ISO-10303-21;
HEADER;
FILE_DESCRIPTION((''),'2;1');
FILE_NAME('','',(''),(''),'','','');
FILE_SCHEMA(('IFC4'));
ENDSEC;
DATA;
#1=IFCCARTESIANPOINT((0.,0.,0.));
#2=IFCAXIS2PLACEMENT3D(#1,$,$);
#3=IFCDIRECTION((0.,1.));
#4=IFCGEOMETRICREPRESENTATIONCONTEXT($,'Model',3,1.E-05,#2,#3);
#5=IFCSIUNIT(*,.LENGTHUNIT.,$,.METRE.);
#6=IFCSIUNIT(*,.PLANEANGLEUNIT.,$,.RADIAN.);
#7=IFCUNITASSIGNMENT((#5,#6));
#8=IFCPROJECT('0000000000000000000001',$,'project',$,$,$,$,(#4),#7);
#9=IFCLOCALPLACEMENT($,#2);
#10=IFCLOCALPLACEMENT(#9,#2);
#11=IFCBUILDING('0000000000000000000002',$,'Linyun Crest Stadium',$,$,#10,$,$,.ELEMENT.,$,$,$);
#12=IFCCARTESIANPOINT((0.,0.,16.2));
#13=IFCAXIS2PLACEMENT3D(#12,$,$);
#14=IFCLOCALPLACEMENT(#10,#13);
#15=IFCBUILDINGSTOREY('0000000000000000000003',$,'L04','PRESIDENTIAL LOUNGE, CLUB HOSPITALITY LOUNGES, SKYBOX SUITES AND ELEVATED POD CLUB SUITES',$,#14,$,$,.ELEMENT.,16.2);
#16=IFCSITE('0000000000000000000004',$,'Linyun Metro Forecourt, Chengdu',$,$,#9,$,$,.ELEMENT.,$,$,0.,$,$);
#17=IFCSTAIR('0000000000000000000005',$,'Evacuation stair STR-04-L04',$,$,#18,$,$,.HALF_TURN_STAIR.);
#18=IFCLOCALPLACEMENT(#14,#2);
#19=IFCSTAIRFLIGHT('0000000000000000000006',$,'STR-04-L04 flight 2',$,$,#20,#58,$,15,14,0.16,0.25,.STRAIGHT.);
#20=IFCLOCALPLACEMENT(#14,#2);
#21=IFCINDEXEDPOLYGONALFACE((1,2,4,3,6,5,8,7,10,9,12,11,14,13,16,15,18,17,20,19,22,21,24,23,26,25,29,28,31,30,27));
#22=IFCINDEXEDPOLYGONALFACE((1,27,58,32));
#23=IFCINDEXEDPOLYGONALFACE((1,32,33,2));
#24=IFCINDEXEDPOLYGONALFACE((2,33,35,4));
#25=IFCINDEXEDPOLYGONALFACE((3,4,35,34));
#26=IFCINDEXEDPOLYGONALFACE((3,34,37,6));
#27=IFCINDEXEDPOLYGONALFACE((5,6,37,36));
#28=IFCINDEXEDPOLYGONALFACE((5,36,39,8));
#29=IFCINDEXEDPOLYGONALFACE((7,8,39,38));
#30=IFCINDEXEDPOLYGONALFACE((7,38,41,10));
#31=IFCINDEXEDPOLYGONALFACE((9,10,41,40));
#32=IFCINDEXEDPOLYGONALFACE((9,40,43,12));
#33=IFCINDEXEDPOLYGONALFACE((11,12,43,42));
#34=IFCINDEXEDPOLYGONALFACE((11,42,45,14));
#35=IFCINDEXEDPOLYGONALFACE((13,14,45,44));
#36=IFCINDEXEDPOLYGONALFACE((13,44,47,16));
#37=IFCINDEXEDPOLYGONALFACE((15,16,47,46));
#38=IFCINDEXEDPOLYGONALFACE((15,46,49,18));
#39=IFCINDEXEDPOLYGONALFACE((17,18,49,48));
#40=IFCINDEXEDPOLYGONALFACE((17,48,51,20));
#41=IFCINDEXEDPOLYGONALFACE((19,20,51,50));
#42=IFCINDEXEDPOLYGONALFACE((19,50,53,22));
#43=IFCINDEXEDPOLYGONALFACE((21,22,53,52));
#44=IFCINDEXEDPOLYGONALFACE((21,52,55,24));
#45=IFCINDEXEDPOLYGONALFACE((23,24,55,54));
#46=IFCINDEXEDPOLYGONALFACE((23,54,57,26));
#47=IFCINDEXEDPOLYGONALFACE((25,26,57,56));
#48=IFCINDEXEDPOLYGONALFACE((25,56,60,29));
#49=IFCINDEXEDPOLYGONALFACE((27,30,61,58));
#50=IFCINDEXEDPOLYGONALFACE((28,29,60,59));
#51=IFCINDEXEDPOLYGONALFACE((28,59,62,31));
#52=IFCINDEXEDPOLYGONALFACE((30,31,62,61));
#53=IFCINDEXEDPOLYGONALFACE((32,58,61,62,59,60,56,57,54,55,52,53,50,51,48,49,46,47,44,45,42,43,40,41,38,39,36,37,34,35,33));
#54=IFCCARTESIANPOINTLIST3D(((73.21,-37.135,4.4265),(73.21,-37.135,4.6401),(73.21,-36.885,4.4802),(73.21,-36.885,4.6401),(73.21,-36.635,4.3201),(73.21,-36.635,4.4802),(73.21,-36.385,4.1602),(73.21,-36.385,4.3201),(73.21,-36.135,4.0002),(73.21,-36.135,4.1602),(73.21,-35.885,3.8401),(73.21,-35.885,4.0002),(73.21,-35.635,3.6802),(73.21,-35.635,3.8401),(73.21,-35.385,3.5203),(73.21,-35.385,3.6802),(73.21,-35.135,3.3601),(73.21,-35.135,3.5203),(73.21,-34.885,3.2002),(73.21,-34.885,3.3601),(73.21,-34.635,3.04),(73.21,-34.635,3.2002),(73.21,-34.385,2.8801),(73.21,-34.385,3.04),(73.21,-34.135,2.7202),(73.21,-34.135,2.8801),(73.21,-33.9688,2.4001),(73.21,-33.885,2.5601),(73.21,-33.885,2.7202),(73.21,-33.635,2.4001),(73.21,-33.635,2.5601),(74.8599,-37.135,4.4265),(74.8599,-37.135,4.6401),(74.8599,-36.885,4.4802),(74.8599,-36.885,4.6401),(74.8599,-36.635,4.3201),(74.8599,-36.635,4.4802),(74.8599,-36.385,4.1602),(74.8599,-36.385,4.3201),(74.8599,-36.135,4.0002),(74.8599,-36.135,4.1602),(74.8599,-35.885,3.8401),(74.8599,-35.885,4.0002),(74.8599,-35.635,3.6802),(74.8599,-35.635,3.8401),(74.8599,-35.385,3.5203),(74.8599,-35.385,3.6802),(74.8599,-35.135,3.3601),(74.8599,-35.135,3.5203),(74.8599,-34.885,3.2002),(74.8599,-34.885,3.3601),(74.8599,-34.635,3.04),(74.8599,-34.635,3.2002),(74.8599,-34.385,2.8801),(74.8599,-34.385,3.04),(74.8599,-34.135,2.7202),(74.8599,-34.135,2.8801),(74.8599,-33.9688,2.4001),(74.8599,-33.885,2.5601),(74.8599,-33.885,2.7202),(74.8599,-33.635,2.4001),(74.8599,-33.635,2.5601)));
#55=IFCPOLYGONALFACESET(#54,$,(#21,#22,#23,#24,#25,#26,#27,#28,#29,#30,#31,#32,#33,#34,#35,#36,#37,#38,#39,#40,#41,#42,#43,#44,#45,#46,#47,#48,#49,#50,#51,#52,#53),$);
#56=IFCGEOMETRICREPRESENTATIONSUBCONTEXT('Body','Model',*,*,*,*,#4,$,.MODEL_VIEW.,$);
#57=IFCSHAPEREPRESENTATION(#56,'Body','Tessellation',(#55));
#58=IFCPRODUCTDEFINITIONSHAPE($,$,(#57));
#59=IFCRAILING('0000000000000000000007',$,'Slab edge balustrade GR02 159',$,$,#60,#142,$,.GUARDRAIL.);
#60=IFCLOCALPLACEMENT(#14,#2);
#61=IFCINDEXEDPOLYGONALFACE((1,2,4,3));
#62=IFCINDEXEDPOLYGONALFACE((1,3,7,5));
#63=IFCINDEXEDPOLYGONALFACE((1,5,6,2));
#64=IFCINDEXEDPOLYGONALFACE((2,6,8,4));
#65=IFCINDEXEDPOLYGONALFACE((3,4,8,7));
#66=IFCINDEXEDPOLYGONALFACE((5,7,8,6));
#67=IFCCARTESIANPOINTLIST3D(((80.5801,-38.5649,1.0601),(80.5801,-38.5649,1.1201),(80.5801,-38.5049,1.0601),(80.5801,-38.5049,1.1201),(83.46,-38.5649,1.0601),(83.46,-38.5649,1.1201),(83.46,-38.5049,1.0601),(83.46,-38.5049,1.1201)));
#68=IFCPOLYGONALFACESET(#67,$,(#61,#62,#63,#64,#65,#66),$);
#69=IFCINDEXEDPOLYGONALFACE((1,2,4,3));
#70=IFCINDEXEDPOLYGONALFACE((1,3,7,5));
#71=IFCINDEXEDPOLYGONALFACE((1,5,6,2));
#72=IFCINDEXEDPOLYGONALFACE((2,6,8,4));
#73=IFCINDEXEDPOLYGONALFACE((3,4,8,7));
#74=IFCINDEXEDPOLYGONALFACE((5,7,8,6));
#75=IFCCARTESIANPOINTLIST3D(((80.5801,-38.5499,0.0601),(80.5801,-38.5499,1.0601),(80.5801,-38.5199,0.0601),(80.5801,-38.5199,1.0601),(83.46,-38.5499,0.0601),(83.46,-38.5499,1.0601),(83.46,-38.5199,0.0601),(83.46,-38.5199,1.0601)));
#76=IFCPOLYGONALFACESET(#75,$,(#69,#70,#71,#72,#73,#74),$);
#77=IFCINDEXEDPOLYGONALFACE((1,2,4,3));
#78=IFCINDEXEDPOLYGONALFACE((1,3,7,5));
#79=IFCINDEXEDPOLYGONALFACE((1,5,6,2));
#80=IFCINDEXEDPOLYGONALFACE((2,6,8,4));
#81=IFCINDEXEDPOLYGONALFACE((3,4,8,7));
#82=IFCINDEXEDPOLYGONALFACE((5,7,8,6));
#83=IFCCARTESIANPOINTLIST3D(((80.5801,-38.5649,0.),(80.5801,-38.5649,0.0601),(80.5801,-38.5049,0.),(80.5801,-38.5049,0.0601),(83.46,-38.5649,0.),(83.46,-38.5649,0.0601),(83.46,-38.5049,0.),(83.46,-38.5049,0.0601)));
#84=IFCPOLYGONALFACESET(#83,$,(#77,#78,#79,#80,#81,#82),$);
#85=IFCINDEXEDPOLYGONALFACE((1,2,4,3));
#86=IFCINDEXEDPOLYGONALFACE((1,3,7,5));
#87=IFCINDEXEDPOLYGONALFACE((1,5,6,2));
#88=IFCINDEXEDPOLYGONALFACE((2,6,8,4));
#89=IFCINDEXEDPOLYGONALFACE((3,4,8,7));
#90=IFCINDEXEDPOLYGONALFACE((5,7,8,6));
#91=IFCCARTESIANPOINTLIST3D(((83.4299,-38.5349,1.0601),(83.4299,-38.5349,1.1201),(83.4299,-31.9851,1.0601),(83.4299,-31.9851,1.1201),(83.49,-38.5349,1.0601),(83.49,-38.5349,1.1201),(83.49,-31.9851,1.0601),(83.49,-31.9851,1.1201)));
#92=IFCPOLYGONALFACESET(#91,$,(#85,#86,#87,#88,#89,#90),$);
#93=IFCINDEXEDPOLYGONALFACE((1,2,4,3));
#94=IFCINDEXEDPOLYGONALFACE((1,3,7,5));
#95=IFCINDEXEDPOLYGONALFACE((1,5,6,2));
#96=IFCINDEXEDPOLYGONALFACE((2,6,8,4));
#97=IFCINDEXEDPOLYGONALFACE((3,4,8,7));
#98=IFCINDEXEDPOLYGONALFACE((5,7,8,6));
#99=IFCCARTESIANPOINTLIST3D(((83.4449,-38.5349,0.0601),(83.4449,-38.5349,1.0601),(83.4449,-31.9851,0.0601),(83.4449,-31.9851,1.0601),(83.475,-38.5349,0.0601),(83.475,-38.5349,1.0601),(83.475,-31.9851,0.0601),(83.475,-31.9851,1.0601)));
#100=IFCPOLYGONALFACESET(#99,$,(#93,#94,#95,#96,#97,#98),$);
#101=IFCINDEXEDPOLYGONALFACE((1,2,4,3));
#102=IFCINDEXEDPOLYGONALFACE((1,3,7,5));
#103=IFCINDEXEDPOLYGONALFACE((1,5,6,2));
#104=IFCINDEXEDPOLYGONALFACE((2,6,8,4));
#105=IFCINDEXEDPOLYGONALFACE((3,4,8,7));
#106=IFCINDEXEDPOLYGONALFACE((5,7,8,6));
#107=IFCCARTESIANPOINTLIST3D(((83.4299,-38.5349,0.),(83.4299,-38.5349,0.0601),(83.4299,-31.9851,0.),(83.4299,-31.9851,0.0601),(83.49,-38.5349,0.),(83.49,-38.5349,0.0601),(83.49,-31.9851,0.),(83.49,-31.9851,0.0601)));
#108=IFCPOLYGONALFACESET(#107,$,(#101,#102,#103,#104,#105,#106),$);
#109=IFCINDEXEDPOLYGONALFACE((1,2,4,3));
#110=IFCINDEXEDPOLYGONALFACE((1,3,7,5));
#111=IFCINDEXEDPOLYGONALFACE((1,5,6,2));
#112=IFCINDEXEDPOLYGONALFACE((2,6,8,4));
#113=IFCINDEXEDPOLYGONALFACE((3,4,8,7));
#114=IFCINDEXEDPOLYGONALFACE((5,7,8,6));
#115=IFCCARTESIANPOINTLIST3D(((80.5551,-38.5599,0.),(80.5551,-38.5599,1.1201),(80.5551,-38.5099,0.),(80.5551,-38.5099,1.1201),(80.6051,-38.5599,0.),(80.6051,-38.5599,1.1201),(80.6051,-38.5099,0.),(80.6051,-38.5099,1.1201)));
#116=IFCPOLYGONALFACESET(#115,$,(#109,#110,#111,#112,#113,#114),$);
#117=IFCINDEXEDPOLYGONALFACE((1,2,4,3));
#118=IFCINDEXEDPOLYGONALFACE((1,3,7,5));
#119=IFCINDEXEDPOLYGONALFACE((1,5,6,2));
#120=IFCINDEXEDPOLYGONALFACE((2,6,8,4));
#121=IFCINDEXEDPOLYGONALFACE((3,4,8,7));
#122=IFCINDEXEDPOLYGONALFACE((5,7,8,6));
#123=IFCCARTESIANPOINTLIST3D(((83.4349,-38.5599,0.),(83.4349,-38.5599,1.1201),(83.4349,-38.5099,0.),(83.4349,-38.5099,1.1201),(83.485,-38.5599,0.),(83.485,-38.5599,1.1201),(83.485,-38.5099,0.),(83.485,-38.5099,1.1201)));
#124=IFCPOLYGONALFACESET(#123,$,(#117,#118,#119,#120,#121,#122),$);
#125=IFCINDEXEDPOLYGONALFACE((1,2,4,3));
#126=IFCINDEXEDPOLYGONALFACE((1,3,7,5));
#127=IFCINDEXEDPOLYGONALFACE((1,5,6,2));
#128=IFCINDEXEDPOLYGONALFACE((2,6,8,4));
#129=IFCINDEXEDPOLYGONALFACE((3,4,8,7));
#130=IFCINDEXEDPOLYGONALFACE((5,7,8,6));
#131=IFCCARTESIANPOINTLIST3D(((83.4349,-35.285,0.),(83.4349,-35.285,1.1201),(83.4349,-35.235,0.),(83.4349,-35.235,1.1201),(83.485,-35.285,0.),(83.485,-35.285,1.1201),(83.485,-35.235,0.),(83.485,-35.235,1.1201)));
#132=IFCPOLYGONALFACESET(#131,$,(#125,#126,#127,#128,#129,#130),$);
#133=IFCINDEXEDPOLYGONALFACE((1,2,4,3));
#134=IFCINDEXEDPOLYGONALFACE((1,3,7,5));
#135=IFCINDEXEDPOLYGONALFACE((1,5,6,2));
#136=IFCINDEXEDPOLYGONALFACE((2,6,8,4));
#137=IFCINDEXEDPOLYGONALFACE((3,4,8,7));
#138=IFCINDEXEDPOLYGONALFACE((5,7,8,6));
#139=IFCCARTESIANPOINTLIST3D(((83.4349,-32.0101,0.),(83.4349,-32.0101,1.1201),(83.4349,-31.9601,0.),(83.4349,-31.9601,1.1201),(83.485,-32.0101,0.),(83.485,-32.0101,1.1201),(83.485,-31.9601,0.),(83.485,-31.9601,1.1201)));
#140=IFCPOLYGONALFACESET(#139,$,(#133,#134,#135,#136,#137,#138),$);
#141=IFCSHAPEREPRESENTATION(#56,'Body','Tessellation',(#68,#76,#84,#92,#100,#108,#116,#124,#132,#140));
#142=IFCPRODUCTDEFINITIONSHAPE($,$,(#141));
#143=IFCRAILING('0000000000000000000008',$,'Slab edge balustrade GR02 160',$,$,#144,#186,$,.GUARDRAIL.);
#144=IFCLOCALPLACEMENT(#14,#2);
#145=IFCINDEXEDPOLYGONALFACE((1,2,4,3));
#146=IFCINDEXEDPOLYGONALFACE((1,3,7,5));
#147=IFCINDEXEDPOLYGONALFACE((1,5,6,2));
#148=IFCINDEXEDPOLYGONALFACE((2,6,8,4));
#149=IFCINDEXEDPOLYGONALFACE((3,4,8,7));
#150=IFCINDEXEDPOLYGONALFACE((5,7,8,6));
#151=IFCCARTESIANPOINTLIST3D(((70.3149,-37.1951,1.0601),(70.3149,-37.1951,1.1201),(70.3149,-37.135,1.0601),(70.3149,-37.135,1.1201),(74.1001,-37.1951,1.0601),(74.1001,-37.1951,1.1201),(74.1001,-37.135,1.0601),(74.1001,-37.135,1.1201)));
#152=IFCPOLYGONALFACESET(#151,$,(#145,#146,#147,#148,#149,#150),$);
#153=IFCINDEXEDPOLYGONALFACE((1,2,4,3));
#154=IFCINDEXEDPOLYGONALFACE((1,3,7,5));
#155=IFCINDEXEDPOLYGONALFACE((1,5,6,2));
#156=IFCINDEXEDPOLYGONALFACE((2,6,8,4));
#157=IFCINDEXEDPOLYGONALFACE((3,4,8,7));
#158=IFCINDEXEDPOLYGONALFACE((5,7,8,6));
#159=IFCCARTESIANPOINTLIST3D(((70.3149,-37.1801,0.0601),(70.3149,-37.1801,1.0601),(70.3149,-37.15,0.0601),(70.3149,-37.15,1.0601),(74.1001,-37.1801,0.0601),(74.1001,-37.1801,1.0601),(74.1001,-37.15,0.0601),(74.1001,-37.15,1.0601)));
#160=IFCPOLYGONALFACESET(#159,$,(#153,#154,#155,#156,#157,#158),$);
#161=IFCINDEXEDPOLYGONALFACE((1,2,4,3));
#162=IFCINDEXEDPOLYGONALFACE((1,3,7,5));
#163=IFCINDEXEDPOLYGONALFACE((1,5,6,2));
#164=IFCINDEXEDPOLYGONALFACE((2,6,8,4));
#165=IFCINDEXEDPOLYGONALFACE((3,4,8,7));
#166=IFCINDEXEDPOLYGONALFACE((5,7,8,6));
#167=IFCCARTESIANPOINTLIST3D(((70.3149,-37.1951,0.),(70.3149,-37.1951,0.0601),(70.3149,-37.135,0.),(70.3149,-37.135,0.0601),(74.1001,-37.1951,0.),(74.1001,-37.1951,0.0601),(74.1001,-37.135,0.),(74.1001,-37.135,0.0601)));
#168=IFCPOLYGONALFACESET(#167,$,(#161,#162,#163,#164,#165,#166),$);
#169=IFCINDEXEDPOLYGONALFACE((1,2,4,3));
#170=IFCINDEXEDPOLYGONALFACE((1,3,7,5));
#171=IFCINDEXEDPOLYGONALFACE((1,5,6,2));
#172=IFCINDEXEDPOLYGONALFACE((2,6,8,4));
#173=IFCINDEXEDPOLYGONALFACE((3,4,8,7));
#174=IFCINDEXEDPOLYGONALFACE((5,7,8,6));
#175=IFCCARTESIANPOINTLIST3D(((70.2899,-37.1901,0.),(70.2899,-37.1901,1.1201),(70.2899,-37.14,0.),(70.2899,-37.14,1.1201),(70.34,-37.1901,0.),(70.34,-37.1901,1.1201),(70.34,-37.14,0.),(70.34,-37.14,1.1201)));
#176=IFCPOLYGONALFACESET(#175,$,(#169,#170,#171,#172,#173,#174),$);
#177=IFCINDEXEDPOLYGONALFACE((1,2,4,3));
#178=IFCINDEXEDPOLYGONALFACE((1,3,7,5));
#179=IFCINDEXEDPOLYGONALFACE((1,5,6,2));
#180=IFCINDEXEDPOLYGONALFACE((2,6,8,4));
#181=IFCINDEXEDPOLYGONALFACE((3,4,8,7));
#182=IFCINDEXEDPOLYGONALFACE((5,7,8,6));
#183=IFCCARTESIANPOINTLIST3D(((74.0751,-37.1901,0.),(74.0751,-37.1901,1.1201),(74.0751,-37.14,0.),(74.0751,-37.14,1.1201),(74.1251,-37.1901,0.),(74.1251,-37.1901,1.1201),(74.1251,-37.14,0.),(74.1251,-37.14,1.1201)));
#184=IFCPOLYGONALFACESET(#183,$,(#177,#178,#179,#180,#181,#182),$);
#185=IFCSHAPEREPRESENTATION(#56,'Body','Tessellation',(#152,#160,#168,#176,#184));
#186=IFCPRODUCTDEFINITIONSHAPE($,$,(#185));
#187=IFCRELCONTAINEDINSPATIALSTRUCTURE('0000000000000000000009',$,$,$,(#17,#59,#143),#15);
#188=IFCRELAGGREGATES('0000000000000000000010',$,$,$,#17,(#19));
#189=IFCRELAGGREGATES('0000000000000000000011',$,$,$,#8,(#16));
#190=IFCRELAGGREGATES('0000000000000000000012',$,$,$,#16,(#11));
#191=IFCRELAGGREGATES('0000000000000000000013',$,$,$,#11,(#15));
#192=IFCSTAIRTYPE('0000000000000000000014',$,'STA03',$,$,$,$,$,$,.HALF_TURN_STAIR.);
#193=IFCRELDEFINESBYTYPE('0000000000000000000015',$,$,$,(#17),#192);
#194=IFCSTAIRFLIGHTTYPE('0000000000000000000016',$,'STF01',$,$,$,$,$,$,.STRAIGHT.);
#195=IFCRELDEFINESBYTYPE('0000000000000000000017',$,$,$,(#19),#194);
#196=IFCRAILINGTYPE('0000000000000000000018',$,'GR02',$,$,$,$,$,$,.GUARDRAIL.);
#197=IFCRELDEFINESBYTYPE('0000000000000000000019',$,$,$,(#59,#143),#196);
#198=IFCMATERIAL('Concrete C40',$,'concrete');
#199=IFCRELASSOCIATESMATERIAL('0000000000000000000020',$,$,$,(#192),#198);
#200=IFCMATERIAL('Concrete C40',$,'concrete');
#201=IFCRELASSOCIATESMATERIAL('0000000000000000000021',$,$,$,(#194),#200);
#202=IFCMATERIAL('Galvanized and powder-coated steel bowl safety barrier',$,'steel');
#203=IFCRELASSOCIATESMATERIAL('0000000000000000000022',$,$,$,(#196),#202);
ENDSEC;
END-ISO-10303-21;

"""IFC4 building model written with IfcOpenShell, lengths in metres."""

from ifc_helpers import new_model, si_unit, direction, frame, origin, origin_2d, place, context, subcontext, project, spatial, polyline, rectangle, outline, extrude, material, type_object, element, aggregate, save


model = new_model("IFC4")

# Units and contexts
model_context = context("Model", 3, precision=1e-05, world=origin(), true_north=direction((0.0, 1.0)))
body_context = subcontext(model_context, "Body", "Model", "MODEL_VIEW")
ifc_project = project(units=[si_unit("LENGTHUNIT", "METRE"), si_unit("PLANEANGLEUNIT", "RADIAN")], contexts=[model_context])

# Site, building, storey
site_placement = place(None, origin())
site = spatial("IfcSite", under=ifc_project, at=site_placement, Name="Linyun Metro Forecourt, Chengdu", CompositionType="ELEMENT", RefElevation=0.0)
building_placement = place(site_placement, origin())
building = spatial("IfcBuilding", under=site, at=building_placement, Name="Linyun Crest Stadium", CompositionType="ELEMENT")
storey_placement = place(building_placement, frame((0.0, 0.0, 16.2)))
storey = spatial("IfcBuildingStorey", under=building, at=storey_placement, Name="L04", Description="PRESIDENTIAL LOUNGE, CLUB HOSPITALITY LOUNGES, SKYBOX SUITES AND ELEVATED POD CLUB SUITES", CompositionType="ELEMENT", Elevation=16.2)

# Stair, stair flight
ifc_material_1 = material(Name="Concrete C40", Category="concrete")
stair_type = type_object("IfcStairType", Name="STA03", PredefinedType="HALF_TURN_STAIR", material=ifc_material_1)
stair_placement = place(storey_placement, origin())
stair = element("IfcStair", 1, at=stair_placement, inside=storey, type_object=stair_type, Name="Evacuation stair STR-04-L04", PredefinedType="HALF_TURN_STAIR")
ifc_material_2 = material(Name="Concrete C40", Category="concrete")
stair_flight_type = type_object("IfcStairFlightType", Name="STF01", PredefinedType="STRAIGHT", material=ifc_material_2)
stair_flight_1_placement = place(storey_placement, frame((74.0349, -33.635, 2.4001), z_axis=(0.0, 0.0, 1.0), x_axis=(0.0, -1.0, 0.0)))
stair_flight_1 = element("IfcStairFlight", 2, at=stair_flight_1_placement, type_object=stair_flight_type, Name="STR-04-L04 flight 2", NumberOfRisers=15, NumberOfTreads=14, PredefinedType="STRAIGHT", RiserHeight=0.16, TreadLength=0.25, context=body_context, shape_type="SweptSolid", body=[
    extrude(outline(polyline([(0.0, 0.0), (0.0, 0.1599), (0.25, 0.1599), (0.25, 0.3201), (0.5, 0.3201), (0.5, 0.48), (0.75, 0.48), (0.75, 0.6399), (1.0, 0.6399), (1.0, 0.8), (1.25, 0.8), (1.25, 0.96), (1.5, 0.96), (1.5, 1.1201), (1.75, 1.1201), (1.75, 1.28), (2.0, 1.28), (2.0, 1.4399), (2.25, 1.4399), (2.25, 1.6001), (2.5, 1.6001), (2.5, 1.76), (2.75, 1.76), (2.75, 1.9199), (3.0, 1.9199), (3.0, 2.0801), (3.25, 2.0801), (3.25, 2.24), (3.5, 2.24), (3.5, 2.3999), (3.5, 2.0264), (0.3337, 0.0), (0.0, 0.0)])), frame((0.0, 0.825, 0.0), z_axis=(0.0, -1.0, 0.0), x_axis=(1.0, 0.0, 0.0)), (0.0, 0.0, 1.0), 1.6499),
])
aggregate(stair, [stair_flight_1])

# Railings
ifc_material_3 = material(Name="Galvanized and powder-coated steel bowl safety barrier", Category="steel")
railing_type_1 = type_object("IfcRailingType", Name="GR02", PredefinedType="GUARDRAIL", material=ifc_material_3)
railing_1_placement = place(storey_placement, frame((80.5801, -38.5349, 0.0)))
element("IfcRailing", 3, at=railing_1_placement, inside=storey, type_object=railing_type_1, Name="Slab edge balustrade GR02 159", PredefinedType="GUARDRAIL", context=body_context, shape_type="SweptSolid", body=[
    extrude(rectangle(XDim=0.0601, YDim=0.0601, at=origin_2d()), frame((0.0, 0.0, 1.0901), z_axis=(1.0, 0.0, 0.0), x_axis=(0.0, 1.0, 0.0)), (0.0, 0.0, 1.0), 2.8799),
    extrude(rectangle(XDim=0.03, YDim=1.0, at=origin_2d()), frame((0.0, 0.0, 0.5601), z_axis=(1.0, 0.0, 0.0), x_axis=(0.0, 1.0, 0.0)), (0.0, 0.0, 1.0), 2.8799),
    extrude(rectangle(XDim=0.0601, YDim=0.0601, at=origin_2d()), frame((0.0, 0.0, 0.03), z_axis=(1.0, 0.0, 0.0), x_axis=(0.0, 1.0, 0.0)), (0.0, 0.0, 1.0), 2.8799),
    extrude(rectangle(XDim=0.0601, YDim=0.0601, at=origin_2d()), frame((2.8799, 0.0, 1.0901), z_axis=(0.0, 1.0, 0.0), x_axis=(-1.0, 0.0, 0.0)), (0.0, 0.0, 1.0), 6.5498),
    extrude(rectangle(XDim=0.03, YDim=1.0, at=origin_2d()), frame((2.8799, 0.0, 0.5601), z_axis=(0.0, 1.0, 0.0), x_axis=(-1.0, 0.0, 0.0)), (0.0, 0.0, 1.0), 6.5498),
    extrude(rectangle(XDim=0.0601, YDim=0.0601, at=origin_2d()), frame((2.8799, 0.0, 0.03), z_axis=(0.0, 1.0, 0.0), x_axis=(-1.0, 0.0, 0.0)), (0.0, 0.0, 1.0), 6.5498),
    extrude(rectangle(XDim=0.05, YDim=0.05, at=origin_2d()), origin(), (0.0, 0.0, 1.0), 1.1201),
    extrude(rectangle(XDim=0.05, YDim=0.05, at=origin_2d()), frame((2.8799, 0.0, 0.0)), (0.0, 0.0, 1.0), 1.1201),
    extrude(rectangle(XDim=0.05, YDim=0.05, at=origin_2d()), frame((2.8799, 3.2749, 0.0)), (0.0, 0.0, 1.0), 1.1201),
    extrude(rectangle(XDim=0.05, YDim=0.05, at=origin_2d()), frame((2.8799, 6.5498, 0.0)), (0.0, 0.0, 1.0), 1.1201),
])
railing_2_placement = place(storey_placement, frame((70.3149, -37.165, 0.0)))
element("IfcRailing", 4, at=railing_2_placement, inside=storey, type_object=railing_type_1, Name="Slab edge balustrade GR02 160", PredefinedType="GUARDRAIL", context=body_context, shape_type="SweptSolid", body=[
    extrude(rectangle(XDim=0.0601, YDim=0.0601, at=origin_2d()), frame((0.0, 0.0, 1.0901), z_axis=(1.0, 0.0, 0.0), x_axis=(0.0, 1.0, 0.0)), (0.0, 0.0, 1.0), 3.7852),
    extrude(rectangle(XDim=0.03, YDim=1.0, at=origin_2d()), frame((0.0, 0.0, 0.5601), z_axis=(1.0, 0.0, 0.0), x_axis=(0.0, 1.0, 0.0)), (0.0, 0.0, 1.0), 3.7852),
    extrude(rectangle(XDim=0.0601, YDim=0.0601, at=origin_2d()), frame((0.0, 0.0, 0.03), z_axis=(1.0, 0.0, 0.0), x_axis=(0.0, 1.0, 0.0)), (0.0, 0.0, 1.0), 3.7852),
    extrude(rectangle(XDim=0.05, YDim=0.05, at=origin_2d()), origin(), (0.0, 0.0, 1.0), 1.1201),
    extrude(rectangle(XDim=0.05, YDim=0.05, at=origin_2d()), frame((3.7852, 0.0, 0.0)), (0.0, 0.0, 1.0), 1.1201),
])

save(model, "model.ifc")
